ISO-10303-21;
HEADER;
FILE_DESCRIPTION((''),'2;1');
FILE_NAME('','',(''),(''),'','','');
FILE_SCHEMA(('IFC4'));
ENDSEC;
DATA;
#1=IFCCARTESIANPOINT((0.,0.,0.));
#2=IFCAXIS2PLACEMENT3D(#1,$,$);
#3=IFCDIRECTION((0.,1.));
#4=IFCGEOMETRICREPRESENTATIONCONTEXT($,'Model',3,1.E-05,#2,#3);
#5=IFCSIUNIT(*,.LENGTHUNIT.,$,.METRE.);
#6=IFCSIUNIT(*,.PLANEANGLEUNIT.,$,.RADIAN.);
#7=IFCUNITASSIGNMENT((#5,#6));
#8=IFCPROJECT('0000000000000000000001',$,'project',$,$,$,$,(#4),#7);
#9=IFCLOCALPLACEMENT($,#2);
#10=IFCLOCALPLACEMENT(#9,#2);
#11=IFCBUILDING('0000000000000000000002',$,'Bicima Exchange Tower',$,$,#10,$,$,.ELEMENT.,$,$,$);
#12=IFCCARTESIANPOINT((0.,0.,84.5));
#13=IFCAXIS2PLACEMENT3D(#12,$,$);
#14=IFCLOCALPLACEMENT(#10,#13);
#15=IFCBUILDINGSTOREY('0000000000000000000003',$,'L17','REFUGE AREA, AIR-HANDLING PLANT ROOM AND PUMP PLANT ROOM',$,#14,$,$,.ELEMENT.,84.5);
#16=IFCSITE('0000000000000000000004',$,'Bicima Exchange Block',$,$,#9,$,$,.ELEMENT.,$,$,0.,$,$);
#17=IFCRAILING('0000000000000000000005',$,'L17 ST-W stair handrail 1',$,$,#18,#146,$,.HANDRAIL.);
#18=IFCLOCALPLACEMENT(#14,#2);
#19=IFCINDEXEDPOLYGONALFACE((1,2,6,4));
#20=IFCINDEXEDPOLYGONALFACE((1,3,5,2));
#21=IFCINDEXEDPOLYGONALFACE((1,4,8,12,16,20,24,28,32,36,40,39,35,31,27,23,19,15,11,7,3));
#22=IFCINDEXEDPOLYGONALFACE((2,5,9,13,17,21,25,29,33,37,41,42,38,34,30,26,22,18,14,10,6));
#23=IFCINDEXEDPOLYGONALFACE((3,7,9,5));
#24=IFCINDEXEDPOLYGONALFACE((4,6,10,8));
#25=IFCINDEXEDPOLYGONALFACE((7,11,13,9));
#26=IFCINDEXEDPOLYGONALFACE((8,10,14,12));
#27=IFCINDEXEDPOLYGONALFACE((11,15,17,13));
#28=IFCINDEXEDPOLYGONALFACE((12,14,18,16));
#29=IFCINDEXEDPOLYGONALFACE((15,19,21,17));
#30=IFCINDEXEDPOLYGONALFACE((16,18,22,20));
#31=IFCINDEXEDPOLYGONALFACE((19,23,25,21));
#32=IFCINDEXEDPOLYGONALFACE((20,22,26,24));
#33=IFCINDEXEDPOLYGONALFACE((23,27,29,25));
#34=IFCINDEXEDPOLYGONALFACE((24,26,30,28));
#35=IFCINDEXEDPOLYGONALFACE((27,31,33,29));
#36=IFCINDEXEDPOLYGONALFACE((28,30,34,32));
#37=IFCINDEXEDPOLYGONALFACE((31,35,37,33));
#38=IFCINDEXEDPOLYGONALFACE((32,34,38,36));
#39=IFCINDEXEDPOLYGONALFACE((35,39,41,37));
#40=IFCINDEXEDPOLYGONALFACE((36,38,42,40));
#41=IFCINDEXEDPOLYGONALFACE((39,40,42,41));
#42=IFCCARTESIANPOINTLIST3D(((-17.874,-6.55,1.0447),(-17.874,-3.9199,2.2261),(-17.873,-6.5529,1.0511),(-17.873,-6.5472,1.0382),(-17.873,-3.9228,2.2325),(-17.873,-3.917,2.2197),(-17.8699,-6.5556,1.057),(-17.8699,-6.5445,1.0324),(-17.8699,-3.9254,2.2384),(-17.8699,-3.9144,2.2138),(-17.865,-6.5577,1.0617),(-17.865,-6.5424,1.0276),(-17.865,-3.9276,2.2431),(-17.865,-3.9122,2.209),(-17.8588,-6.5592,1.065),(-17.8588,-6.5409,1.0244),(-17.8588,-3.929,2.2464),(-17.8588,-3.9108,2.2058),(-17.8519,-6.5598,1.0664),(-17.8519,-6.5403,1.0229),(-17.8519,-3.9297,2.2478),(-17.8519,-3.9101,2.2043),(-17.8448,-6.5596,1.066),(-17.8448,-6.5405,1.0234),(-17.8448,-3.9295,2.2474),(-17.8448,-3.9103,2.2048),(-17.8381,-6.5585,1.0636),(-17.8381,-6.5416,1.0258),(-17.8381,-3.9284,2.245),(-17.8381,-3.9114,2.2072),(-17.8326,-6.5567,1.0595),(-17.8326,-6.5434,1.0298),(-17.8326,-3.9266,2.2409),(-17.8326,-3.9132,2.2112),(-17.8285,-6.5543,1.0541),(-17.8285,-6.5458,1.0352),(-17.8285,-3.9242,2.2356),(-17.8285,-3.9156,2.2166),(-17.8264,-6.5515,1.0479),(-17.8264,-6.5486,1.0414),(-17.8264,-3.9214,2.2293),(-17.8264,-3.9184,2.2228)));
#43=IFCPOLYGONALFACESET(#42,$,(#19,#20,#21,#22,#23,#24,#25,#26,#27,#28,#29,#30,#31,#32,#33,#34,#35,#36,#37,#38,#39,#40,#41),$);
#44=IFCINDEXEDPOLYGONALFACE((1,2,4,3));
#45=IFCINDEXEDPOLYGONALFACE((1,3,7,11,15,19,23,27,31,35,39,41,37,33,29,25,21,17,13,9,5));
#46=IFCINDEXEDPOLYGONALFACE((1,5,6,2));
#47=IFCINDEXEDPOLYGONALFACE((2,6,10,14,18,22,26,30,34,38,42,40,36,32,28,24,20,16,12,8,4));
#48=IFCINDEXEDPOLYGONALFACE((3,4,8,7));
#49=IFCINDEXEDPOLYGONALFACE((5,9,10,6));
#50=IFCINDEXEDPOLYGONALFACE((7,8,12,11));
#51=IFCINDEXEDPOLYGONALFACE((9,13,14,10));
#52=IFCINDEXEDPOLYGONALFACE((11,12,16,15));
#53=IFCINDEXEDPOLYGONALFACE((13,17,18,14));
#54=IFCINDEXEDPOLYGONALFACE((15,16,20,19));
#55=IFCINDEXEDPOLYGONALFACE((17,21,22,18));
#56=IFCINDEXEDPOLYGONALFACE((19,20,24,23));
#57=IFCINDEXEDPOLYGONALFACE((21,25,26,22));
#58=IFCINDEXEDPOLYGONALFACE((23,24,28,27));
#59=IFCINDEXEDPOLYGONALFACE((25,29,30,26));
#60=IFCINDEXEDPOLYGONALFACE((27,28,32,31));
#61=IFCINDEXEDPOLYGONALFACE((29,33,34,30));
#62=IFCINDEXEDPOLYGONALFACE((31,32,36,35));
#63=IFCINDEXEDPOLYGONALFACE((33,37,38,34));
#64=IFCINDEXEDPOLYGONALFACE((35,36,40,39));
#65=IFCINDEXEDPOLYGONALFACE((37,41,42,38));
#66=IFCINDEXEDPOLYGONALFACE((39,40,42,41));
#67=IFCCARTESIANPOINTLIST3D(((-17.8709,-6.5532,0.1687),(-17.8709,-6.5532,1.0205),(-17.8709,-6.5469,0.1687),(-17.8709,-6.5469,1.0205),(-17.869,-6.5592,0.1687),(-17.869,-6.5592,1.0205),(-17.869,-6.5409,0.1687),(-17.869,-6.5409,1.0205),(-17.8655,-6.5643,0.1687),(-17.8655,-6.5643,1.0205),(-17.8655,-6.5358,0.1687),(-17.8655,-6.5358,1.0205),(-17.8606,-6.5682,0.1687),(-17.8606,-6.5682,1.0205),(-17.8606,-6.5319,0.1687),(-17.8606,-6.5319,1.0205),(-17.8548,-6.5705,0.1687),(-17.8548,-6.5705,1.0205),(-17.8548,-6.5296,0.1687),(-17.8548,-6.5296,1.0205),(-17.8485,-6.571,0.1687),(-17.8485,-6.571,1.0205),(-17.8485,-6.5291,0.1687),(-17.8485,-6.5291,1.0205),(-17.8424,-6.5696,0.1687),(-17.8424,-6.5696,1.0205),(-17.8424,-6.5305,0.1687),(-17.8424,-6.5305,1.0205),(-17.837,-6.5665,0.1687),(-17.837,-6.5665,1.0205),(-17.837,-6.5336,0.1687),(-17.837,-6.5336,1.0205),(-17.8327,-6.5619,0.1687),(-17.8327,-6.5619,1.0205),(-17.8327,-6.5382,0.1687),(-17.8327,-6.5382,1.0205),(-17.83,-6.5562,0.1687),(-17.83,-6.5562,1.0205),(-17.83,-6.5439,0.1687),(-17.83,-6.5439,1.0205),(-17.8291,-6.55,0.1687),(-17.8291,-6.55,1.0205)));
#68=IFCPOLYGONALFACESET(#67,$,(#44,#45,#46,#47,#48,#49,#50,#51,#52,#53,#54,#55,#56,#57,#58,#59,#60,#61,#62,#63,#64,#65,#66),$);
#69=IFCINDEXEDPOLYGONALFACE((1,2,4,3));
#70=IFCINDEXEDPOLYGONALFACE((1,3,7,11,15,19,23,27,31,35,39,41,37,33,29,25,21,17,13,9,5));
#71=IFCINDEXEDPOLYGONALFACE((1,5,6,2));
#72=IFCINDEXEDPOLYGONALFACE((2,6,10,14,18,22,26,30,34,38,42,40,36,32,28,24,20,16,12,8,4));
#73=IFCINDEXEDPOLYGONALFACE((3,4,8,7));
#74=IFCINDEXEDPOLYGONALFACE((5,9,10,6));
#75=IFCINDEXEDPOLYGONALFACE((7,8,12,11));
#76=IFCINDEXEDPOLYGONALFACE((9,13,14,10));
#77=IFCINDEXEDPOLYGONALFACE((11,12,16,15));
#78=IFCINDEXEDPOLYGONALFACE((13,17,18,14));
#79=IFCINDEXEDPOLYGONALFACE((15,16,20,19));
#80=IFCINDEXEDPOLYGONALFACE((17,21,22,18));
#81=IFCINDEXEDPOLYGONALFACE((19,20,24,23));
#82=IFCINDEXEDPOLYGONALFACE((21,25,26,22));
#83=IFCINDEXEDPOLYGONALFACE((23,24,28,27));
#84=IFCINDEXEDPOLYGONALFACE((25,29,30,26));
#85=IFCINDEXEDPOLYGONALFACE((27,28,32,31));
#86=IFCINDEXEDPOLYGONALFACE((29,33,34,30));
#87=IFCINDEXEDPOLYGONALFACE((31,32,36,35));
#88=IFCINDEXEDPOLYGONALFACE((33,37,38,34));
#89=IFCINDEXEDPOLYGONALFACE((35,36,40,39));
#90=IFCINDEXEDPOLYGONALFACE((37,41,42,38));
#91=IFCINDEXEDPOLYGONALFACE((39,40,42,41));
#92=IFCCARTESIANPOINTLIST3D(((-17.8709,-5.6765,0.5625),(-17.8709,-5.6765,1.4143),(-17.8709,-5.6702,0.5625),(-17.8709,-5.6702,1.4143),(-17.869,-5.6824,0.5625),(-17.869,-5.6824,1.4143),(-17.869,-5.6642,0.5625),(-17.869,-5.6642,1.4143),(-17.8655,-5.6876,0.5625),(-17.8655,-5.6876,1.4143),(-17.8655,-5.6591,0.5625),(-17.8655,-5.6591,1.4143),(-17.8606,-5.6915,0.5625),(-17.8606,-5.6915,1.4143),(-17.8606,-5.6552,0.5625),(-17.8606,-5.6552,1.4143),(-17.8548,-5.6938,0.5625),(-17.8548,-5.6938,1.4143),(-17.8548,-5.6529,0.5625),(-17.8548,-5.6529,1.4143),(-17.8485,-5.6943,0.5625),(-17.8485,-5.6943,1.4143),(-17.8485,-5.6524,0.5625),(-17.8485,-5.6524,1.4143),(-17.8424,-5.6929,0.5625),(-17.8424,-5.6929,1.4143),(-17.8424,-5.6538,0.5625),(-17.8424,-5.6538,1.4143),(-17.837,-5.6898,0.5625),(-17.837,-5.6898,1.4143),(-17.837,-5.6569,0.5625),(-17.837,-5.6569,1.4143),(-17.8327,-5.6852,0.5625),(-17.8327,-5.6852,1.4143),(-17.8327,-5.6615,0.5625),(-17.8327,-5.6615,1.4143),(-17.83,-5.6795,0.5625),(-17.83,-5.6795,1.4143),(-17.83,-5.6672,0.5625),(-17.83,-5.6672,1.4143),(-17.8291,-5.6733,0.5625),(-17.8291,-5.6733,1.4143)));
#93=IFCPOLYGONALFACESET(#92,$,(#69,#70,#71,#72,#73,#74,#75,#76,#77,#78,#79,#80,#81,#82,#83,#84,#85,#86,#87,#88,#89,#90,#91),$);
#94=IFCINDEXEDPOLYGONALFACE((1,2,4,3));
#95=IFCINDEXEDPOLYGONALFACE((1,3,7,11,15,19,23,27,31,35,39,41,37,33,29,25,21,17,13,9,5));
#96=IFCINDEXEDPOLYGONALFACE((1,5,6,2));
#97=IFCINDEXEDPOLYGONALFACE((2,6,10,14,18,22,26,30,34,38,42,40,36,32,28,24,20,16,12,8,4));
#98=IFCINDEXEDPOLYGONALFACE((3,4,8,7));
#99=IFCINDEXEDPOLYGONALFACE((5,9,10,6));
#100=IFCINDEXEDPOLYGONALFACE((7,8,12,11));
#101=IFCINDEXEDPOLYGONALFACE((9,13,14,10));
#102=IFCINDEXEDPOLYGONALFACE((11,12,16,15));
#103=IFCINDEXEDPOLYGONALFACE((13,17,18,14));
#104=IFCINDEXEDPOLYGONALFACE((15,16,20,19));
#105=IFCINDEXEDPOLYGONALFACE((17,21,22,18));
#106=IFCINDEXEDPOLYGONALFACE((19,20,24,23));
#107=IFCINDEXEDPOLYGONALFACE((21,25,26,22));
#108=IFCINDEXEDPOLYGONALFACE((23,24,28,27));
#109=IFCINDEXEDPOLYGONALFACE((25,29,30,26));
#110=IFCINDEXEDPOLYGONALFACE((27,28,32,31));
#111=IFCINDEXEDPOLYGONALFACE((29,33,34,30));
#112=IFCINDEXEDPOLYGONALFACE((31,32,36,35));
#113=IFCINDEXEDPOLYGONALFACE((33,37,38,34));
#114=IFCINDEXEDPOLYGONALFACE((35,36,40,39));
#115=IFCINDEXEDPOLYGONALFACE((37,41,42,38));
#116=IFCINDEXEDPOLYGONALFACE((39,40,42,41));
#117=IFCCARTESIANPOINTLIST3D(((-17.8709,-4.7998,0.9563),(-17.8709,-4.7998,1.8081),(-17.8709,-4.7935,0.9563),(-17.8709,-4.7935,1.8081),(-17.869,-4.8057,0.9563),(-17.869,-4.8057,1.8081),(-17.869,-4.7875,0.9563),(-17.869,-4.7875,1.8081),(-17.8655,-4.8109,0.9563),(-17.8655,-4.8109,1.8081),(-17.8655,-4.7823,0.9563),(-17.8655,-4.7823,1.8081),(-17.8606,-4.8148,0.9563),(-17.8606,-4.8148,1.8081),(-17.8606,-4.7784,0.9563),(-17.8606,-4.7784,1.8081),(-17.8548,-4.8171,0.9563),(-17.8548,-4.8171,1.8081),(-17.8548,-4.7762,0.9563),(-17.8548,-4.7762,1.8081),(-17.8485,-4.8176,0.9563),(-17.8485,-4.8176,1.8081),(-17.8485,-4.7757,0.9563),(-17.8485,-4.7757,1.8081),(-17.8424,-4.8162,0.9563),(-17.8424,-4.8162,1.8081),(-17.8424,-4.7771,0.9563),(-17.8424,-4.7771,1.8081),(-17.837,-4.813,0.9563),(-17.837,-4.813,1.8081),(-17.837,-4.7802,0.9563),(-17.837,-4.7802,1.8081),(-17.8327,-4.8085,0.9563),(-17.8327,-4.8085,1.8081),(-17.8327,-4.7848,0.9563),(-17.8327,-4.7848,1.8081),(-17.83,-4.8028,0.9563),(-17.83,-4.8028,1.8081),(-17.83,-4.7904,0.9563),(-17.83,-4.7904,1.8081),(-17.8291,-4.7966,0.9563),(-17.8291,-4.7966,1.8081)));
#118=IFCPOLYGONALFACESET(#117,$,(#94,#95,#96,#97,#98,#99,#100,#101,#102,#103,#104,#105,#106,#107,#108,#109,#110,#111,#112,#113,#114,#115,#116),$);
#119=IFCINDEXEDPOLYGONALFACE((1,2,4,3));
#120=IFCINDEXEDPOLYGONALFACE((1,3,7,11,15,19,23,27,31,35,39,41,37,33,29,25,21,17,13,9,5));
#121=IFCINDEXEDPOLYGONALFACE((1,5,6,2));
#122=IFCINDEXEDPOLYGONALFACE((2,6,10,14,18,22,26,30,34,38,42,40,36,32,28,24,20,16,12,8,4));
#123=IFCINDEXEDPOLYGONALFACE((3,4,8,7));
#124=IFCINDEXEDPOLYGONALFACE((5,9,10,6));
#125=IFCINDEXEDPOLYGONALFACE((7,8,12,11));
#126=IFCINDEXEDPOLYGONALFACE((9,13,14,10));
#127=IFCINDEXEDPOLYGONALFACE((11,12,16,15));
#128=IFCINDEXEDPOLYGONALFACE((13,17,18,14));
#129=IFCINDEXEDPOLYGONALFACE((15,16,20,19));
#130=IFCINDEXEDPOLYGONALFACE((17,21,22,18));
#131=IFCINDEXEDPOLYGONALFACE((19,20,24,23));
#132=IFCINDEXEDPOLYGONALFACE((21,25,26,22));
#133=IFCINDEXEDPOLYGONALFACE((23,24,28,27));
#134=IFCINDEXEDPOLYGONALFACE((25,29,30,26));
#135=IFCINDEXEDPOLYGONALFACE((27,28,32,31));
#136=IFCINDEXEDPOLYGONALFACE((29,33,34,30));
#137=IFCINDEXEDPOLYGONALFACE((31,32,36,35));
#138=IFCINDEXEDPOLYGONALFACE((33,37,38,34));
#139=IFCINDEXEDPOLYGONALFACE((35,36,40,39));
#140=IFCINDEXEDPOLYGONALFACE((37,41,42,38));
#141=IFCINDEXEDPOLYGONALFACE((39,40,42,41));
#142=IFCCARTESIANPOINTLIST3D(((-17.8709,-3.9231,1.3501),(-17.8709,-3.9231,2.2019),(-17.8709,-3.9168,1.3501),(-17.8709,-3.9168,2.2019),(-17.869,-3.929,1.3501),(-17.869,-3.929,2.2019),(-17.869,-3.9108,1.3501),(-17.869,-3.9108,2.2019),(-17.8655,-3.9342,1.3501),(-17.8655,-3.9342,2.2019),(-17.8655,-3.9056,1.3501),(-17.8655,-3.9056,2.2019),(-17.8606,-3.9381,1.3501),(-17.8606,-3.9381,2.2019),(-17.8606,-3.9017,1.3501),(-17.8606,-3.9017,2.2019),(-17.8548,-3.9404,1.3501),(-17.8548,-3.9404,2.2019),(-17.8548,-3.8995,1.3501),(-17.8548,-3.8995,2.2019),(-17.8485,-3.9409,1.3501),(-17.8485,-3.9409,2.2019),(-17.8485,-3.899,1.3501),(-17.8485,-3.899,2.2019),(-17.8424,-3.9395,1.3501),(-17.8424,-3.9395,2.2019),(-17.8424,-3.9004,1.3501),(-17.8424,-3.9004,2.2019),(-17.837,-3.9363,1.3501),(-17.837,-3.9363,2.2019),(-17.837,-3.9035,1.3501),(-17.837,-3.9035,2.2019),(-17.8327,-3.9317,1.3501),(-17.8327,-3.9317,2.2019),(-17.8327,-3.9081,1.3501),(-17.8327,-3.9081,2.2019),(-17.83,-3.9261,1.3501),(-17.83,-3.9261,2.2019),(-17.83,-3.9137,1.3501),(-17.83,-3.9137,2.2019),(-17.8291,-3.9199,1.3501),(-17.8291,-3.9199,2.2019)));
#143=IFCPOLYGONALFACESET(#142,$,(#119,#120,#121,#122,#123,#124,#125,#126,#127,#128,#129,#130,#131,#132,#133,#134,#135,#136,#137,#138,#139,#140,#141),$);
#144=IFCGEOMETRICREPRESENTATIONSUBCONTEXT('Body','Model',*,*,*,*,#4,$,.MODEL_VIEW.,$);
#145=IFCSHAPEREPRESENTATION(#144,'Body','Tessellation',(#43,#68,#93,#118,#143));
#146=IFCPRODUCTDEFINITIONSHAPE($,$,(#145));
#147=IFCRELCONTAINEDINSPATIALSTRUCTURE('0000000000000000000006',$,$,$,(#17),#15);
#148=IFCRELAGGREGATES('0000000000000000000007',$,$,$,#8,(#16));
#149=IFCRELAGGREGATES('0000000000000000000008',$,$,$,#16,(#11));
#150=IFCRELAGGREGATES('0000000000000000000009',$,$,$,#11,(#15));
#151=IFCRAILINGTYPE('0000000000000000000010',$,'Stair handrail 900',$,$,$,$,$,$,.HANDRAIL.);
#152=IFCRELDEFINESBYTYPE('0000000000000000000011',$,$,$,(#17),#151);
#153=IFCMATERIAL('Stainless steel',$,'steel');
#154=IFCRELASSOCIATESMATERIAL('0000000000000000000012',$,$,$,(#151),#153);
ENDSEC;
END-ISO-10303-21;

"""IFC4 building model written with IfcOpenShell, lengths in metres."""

from ifc_helpers import new_model, si_unit, direction, frame, origin, origin_2d, place, context, subcontext, project, spatial, circle, extrude, material, type_object, element, save


model = new_model("IFC4")

# Units and contexts
model_context = context("Model", 3, precision=1e-05, world=origin(), true_north=direction((0.0, 1.0)))
body_context = subcontext(model_context, "Body", "Model", "MODEL_VIEW")
ifc_project = project(units=[si_unit("LENGTHUNIT", "METRE"), si_unit("PLANEANGLEUNIT", "RADIAN")], contexts=[model_context])

# Site, building, storey
site_placement = place(None, origin())
site = spatial("IfcSite", under=ifc_project, at=site_placement, Name="Bicima Exchange Block", CompositionType="ELEMENT", RefElevation=0.0)
building_placement = place(site_placement, origin())
building = spatial("IfcBuilding", under=site, at=building_placement, Name="Bicima Exchange Tower", CompositionType="ELEMENT")
storey_placement = place(building_placement, frame((0.0, 0.0, 84.5)))
storey = spatial("IfcBuildingStorey", under=building, at=storey_placement, Name="L17", Description="REFUGE AREA, AIR-HANDLING PLANT ROOM AND PUMP PLANT ROOM", CompositionType="ELEMENT", Elevation=84.5)

# Railing
ifc_material_1 = material(Name="Stainless steel", Category="steel")
railing_type_1 = type_object("IfcRailingType", Name="Stair handrail 900", PredefinedType="HANDRAIL", material=ifc_material_1)
railing_1_placement = place(storey_placement, frame((-17.8501, -6.55, 0.1687)))
element("IfcRailing", 1, at=railing_1_placement, inside=storey, type_object=railing_type_1, Name="L17 ST-W stair handrail 1", PredefinedType="HANDRAIL", context=body_context, shape_type="SweptSolid", body=[
    extrude(circle(Radius=0.0239, at=origin_2d()), frame((0.0, 0.0, 0.876), z_axis=(0.0, 0.912202, 0.409741), x_axis=(-1.0, 0.0, 0.0)), (0.0, 0.0, 1.0), 2.8833),
    extrude(circle(Radius=0.021, at=origin_2d()), origin(), (0.0, 0.0, 1.0), 0.8518),
    extrude(circle(Radius=0.021, at=origin_2d()), frame((0.0, 0.8767, 0.3938)), (0.0, 0.0, 1.0), 0.8518),
    extrude(circle(Radius=0.021, at=origin_2d()), frame((0.0, 1.7534, 0.7876)), (0.0, 0.0, 1.0), 0.8518),
    extrude(circle(Radius=0.021, at=origin_2d()), frame((0.0, 2.6301, 1.1814)), (0.0, 0.0, 1.0), 0.8518),
])

save(model, "model.ifc")
